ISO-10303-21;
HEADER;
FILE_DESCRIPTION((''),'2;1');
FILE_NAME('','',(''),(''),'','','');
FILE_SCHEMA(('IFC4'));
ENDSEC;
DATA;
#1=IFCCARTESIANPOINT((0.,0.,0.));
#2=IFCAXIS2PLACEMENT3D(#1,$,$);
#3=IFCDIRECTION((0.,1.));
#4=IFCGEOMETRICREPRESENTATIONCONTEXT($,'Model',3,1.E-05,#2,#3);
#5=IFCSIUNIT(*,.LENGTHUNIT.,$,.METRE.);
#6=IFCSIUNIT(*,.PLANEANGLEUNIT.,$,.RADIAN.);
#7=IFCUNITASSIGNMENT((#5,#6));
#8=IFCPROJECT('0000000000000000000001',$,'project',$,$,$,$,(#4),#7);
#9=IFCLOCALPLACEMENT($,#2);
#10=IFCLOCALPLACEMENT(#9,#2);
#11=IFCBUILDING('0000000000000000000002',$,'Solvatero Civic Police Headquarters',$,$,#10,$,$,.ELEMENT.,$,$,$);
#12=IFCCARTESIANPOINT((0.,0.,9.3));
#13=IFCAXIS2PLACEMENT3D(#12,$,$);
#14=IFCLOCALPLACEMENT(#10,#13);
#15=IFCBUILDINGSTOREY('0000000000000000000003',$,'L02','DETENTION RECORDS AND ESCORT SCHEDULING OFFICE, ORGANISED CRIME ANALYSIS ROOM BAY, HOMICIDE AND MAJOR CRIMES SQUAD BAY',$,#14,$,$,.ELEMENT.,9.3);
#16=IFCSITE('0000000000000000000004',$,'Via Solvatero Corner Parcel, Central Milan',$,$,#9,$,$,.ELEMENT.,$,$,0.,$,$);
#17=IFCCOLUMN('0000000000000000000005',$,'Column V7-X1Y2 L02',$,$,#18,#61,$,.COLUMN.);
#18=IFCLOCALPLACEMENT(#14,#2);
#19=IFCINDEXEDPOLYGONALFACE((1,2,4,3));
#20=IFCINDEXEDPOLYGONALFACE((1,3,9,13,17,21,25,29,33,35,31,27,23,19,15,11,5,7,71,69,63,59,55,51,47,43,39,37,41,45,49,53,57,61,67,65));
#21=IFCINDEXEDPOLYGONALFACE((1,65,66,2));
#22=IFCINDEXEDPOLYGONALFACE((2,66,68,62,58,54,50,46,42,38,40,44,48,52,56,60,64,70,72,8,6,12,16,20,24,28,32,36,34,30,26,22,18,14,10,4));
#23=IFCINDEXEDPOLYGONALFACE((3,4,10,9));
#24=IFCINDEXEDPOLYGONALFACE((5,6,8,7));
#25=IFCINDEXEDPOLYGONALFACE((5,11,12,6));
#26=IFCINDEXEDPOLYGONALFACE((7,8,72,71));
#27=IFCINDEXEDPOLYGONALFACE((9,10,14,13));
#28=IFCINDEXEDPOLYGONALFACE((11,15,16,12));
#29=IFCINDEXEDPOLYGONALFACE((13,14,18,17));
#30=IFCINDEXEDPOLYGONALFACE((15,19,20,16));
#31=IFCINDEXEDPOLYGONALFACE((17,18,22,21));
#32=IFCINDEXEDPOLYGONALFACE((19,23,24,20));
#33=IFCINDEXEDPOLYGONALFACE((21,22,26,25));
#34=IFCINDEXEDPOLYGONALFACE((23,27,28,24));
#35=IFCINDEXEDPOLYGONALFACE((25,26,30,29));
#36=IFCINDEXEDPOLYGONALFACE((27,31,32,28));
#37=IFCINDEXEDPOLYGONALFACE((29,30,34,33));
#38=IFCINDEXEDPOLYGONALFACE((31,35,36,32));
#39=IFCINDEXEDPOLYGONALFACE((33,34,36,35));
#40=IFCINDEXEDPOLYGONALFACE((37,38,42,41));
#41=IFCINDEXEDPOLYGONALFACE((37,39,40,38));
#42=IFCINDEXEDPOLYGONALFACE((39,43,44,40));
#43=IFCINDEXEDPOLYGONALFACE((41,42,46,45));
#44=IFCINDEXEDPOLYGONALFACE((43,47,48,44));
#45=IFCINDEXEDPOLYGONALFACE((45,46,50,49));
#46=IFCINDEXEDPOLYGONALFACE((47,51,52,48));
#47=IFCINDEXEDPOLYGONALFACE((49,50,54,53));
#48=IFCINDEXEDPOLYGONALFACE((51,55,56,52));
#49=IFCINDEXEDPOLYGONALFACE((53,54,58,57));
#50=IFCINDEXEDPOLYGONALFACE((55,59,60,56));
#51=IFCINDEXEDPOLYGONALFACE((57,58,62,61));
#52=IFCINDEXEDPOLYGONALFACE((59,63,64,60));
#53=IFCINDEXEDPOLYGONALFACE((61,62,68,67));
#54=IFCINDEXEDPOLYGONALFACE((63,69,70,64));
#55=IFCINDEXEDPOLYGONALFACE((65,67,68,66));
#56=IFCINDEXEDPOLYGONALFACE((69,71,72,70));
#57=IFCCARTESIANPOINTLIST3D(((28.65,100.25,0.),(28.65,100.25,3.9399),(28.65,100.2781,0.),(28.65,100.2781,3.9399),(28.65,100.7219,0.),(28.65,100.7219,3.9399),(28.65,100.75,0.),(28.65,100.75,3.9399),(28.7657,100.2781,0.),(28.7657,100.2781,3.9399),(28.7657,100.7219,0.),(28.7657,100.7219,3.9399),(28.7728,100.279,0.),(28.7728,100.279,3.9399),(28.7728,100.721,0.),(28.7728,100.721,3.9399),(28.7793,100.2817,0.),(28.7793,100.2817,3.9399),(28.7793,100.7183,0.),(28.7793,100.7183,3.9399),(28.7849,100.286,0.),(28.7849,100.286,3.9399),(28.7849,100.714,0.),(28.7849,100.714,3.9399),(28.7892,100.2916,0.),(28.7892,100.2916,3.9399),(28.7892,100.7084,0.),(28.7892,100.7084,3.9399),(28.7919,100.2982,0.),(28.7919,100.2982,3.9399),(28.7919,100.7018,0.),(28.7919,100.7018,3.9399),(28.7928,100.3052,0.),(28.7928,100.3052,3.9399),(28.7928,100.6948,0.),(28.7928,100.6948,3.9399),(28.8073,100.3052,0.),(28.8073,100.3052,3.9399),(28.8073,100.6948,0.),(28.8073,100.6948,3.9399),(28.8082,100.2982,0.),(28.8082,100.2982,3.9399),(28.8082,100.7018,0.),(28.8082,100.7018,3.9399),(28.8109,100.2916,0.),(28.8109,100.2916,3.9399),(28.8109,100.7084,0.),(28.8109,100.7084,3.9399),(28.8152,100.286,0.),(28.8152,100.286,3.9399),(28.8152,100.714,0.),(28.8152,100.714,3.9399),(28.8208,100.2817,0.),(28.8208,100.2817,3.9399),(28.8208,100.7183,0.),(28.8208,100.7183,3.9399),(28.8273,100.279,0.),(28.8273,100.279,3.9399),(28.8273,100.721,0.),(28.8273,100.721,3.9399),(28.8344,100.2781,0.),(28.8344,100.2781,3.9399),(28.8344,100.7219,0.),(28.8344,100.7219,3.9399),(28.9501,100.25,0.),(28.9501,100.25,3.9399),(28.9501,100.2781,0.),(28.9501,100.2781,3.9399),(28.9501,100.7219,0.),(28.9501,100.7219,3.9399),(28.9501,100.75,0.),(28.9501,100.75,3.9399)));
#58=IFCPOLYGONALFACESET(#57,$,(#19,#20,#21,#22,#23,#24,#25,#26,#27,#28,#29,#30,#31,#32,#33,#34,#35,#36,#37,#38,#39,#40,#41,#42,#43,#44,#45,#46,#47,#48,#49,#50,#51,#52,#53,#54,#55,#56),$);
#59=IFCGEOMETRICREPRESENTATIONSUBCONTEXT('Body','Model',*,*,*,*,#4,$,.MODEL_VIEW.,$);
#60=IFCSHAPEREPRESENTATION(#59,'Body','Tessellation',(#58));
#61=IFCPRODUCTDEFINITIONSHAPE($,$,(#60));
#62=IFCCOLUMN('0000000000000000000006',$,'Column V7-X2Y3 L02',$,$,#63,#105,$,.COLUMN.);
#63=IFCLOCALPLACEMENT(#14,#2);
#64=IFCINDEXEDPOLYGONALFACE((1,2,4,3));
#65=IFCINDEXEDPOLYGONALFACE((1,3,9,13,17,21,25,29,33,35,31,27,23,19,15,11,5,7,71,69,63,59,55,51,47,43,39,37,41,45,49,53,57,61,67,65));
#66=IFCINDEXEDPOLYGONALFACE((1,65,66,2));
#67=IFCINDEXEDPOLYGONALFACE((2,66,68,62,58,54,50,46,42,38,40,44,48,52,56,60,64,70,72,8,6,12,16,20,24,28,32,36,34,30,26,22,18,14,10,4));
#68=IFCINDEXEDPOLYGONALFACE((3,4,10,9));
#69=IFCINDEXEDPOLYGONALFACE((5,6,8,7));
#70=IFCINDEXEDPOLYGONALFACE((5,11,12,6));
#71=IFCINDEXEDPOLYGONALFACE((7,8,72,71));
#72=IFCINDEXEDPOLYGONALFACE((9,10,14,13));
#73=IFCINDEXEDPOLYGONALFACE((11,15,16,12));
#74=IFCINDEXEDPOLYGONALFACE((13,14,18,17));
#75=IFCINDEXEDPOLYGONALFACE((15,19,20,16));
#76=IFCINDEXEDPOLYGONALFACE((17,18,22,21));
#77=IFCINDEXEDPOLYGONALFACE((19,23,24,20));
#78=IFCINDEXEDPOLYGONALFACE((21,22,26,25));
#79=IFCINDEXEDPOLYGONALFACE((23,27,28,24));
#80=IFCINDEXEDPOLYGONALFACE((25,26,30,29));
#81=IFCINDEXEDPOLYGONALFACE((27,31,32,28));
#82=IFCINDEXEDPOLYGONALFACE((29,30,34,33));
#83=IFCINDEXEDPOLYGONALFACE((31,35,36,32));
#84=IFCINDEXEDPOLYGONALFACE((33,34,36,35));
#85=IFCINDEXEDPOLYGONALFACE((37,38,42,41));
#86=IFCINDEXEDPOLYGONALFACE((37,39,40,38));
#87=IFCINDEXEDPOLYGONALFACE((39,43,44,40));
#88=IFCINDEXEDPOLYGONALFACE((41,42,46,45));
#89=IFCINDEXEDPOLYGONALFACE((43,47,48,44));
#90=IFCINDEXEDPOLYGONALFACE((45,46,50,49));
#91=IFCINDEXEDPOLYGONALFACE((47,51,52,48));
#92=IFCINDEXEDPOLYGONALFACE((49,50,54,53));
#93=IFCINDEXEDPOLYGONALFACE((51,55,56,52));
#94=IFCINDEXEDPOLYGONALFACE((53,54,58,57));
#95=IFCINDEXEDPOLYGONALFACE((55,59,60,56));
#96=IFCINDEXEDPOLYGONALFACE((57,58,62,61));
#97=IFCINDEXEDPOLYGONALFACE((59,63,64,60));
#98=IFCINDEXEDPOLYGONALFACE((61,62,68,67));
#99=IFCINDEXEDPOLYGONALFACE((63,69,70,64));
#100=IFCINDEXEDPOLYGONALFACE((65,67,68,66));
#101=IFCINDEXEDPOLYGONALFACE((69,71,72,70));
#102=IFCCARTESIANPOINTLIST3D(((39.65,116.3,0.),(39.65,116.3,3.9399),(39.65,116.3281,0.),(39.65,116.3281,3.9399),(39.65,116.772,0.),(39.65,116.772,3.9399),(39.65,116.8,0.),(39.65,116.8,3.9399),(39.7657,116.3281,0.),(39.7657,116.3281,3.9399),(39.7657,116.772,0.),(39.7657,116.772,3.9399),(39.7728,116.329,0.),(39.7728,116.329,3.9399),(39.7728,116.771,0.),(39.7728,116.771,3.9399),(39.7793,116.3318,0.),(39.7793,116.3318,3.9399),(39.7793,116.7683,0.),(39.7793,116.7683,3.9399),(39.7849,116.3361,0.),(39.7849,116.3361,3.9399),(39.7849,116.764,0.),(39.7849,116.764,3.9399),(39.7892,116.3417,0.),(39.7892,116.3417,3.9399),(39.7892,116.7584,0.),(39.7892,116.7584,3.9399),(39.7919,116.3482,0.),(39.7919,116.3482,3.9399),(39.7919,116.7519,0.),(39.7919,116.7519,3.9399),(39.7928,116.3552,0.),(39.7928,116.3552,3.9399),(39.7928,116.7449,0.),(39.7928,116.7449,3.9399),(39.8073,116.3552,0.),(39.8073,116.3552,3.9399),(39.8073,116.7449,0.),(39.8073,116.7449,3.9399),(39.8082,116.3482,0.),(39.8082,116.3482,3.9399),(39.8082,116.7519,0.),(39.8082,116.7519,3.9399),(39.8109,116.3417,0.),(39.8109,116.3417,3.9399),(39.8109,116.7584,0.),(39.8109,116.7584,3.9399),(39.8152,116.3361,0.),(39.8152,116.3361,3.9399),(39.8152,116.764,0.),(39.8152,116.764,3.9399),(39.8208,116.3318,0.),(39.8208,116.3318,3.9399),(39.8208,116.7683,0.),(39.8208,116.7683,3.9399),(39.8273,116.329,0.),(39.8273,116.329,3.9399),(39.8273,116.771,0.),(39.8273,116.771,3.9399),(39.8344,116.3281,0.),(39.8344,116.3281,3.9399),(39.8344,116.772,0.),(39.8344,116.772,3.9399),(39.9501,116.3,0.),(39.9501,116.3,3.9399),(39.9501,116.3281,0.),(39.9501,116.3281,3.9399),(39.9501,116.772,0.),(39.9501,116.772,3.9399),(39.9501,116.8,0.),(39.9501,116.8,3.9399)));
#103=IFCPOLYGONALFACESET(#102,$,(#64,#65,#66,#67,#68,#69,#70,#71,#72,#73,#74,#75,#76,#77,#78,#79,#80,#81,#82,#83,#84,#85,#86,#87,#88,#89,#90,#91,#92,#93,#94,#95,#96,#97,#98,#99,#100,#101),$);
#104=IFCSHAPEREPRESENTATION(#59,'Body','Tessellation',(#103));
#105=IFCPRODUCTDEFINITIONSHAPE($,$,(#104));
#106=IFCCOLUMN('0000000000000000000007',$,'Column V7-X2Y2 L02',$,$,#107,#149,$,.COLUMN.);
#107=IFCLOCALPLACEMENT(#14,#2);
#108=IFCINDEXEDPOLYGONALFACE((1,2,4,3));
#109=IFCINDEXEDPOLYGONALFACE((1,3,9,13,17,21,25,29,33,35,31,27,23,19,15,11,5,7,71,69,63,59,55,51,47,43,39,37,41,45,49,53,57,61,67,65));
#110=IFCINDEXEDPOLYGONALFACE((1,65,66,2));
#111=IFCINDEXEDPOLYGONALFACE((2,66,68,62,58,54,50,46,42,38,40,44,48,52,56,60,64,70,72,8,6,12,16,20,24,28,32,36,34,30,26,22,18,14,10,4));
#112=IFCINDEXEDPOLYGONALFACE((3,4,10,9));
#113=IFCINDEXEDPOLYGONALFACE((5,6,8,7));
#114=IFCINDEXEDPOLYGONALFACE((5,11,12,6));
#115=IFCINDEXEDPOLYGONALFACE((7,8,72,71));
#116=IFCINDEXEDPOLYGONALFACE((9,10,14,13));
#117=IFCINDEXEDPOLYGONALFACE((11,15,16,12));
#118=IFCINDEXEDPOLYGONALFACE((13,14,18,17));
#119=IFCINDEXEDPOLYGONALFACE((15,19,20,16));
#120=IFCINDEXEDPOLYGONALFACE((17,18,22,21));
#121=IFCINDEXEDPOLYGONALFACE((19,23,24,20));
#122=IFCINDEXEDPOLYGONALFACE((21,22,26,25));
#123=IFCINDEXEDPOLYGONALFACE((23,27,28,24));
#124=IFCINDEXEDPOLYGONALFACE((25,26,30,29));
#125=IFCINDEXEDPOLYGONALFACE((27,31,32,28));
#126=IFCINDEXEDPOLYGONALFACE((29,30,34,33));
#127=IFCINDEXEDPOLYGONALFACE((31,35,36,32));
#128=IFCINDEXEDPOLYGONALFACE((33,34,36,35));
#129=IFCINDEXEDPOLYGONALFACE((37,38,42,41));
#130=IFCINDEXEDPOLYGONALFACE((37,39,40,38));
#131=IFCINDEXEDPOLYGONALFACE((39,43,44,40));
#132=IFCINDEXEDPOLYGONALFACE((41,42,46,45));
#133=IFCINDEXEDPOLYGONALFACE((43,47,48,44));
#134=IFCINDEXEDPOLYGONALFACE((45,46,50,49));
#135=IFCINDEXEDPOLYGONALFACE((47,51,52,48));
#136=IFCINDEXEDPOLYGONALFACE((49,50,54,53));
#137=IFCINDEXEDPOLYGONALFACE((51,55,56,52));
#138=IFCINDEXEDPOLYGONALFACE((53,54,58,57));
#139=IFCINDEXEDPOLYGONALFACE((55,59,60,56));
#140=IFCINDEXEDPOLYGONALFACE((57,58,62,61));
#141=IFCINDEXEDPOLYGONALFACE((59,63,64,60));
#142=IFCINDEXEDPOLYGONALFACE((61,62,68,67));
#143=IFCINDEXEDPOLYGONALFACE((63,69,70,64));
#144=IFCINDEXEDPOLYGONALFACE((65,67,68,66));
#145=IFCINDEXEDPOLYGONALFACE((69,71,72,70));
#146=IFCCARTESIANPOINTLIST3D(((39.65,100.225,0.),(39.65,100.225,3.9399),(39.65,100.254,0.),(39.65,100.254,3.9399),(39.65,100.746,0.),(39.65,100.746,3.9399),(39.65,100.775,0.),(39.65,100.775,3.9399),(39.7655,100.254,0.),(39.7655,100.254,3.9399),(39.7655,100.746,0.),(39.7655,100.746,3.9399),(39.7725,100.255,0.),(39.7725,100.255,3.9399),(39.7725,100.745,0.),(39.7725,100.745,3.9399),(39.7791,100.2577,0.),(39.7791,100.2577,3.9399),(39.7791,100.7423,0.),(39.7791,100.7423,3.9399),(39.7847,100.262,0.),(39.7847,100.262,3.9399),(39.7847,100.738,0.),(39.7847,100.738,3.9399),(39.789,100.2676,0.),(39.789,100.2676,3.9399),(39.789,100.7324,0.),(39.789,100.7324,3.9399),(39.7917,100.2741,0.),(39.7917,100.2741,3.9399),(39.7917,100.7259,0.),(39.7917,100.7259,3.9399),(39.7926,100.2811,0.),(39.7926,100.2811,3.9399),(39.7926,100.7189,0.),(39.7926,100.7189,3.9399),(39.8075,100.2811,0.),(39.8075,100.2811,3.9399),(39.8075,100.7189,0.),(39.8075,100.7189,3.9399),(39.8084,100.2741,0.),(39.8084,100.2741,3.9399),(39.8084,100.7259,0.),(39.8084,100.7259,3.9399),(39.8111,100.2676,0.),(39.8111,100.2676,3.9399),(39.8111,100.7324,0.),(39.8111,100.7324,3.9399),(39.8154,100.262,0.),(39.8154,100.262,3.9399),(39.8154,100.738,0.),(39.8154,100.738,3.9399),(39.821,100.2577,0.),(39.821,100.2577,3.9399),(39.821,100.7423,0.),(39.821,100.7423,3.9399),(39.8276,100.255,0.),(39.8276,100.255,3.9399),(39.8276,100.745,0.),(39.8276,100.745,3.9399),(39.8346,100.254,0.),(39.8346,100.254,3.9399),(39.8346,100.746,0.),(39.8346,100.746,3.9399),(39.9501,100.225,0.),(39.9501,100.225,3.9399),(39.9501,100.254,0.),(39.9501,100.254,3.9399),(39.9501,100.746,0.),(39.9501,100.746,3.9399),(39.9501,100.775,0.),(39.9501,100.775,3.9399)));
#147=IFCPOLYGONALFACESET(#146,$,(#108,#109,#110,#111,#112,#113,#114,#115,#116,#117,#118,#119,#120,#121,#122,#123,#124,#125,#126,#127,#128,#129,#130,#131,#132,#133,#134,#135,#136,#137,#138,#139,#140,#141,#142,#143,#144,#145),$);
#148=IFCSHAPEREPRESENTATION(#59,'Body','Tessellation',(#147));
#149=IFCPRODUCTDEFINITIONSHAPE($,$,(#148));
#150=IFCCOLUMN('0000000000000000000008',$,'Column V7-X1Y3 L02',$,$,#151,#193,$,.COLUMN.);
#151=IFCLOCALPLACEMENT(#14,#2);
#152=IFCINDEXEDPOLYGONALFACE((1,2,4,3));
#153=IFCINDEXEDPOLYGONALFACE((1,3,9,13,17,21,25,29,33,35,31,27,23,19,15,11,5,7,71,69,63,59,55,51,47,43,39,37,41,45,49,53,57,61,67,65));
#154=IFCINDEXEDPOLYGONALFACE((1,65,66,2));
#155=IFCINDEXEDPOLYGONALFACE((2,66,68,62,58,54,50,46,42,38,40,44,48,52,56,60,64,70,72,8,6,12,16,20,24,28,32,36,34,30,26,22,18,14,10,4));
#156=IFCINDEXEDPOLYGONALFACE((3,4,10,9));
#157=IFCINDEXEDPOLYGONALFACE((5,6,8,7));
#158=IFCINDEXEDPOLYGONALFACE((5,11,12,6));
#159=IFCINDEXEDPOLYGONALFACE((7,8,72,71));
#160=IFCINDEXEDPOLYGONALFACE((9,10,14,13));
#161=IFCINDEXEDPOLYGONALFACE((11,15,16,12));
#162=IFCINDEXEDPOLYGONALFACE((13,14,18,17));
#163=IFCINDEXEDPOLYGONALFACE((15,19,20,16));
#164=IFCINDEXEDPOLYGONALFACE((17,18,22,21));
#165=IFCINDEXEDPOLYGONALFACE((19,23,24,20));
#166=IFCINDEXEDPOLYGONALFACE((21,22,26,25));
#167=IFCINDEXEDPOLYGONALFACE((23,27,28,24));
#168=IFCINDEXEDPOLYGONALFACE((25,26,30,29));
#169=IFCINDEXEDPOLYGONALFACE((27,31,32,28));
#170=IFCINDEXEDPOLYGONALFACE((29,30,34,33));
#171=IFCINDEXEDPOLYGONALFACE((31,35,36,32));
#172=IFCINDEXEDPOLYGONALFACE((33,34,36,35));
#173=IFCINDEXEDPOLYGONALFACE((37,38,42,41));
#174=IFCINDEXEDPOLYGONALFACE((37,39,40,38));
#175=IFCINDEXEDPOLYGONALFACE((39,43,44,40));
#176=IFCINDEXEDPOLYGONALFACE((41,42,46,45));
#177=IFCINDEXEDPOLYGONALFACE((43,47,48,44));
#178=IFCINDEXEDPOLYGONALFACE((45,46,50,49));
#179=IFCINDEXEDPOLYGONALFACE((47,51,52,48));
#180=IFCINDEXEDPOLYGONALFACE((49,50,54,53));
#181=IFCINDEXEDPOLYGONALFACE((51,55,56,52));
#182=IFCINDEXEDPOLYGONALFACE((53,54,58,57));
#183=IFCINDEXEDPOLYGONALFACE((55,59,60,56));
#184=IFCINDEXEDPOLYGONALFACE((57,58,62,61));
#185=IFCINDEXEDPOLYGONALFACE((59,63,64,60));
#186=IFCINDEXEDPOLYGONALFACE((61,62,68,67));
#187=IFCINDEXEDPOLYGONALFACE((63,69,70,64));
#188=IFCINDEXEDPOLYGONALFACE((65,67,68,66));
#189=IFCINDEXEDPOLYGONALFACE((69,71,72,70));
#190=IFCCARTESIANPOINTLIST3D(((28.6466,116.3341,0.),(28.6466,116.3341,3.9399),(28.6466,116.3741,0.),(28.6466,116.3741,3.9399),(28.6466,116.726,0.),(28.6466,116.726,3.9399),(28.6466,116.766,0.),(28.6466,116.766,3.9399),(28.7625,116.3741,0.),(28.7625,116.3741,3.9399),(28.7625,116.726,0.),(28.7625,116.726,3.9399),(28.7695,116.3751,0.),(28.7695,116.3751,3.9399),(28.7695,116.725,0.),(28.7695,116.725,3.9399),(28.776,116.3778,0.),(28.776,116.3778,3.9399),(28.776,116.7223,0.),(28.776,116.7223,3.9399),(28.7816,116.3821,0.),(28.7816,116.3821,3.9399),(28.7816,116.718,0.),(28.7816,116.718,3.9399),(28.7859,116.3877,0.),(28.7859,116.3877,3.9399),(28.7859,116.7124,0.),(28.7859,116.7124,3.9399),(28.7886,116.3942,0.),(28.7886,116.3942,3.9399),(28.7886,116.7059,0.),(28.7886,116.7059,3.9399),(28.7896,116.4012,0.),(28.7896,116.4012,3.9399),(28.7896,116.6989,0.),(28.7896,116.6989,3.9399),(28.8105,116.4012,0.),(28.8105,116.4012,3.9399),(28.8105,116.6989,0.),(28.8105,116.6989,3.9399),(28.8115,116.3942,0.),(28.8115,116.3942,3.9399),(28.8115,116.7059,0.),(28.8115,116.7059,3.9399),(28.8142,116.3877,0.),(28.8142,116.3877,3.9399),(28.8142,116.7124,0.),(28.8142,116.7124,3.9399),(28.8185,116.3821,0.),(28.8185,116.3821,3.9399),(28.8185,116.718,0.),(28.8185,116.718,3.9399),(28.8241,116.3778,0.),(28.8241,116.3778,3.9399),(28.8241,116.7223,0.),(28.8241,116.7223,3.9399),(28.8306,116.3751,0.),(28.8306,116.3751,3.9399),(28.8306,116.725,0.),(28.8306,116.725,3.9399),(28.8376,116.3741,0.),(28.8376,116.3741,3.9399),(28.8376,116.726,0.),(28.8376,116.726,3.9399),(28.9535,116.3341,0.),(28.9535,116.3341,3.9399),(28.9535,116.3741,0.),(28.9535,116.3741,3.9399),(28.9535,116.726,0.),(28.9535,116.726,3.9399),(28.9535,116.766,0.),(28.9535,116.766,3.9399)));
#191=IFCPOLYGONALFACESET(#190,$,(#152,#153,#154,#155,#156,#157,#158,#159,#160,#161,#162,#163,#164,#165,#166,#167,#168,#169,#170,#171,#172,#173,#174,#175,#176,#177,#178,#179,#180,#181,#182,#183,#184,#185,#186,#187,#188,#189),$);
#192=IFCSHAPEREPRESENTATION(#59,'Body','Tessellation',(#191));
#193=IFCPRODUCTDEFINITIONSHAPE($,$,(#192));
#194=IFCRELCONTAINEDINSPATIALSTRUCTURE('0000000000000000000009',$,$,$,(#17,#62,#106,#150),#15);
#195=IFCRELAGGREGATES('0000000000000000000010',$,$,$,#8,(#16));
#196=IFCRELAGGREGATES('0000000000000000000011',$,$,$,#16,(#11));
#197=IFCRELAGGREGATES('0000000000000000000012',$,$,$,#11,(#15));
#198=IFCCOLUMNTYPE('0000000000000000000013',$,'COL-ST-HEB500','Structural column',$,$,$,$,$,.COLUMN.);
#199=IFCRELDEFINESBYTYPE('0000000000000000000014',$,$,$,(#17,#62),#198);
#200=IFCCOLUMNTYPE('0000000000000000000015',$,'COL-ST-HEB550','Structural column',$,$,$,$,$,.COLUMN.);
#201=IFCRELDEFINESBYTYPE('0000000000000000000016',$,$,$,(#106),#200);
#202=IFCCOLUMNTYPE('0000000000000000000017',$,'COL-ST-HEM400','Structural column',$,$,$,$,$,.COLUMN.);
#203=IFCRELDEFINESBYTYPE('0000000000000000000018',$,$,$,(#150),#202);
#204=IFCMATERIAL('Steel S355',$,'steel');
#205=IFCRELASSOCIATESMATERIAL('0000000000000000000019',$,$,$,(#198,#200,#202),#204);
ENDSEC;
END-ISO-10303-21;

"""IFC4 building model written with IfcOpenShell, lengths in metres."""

from ifc_helpers import new_model, si_unit, direction, frame, origin, origin_2d, place, context, subcontext, project, spatial, i_section, extrude, material, material_profile, profile_set, type_object, element, save


model = new_model("IFC4")

# Units and contexts
model_context = context("Model", 3, precision=1e-05, world=origin(), true_north=direction((0.0, 1.0)))
body_context = subcontext(model_context, "Body", "Model", "MODEL_VIEW")
ifc_project = project(units=[si_unit("LENGTHUNIT", "METRE"), si_unit("PLANEANGLEUNIT", "RADIAN")], contexts=[model_context])

# Site, building, storey
site_placement = place(None, origin())
site = spatial("IfcSite", under=ifc_project, at=site_placement, Name="Via Solvatero Corner Parcel, Central Milan", CompositionType="ELEMENT", RefElevation=0.0)
building_placement = place(site_placement, origin())
building = spatial("IfcBuilding", under=site, at=building_placement, Name="Solvatero Civic Police Headquarters", CompositionType="ELEMENT")
storey_placement = place(building_placement, frame((0.0, 0.0, 9.3)))
storey = spatial("IfcBuildingStorey", under=building, at=storey_placement, Name="L02", Description="DETENTION RECORDS AND ESCORT SCHEDULING OFFICE, ORGANISED CRIME ANALYSIS ROOM BAY, HOMICIDE AND MAJOR CRIMES SQUAD BAY", CompositionType="ELEMENT", Elevation=9.3)

# Columns
ifc_material_1 = material(Name="Steel S355", Category="steel")
ifc_material_profile_1 = material_profile(ifc_material_1, i_section(OverallWidth=0.3, OverallDepth=0.5, WebThickness=0.0144, FlangeThickness=0.0281, FilletRadius=0.0271, at=origin_2d()), Name="HEB 500")
ifc_profile_set_1 = profile_set([ifc_material_profile_1], Name="Steel S355")
column_type_1 = type_object("IfcColumnType", Name="COL-ST-HEB500", Description="Structural column", PredefinedType="COLUMN", material=ifc_profile_set_1)
for number, where, z_axis, x_axis, name in (
    (1, (28.8, 100.5, 0.0), (0.0, 0.0, 1.0), (1.0, 0.0, 0.0), "Column V7-X1Y2 L02"),
    (2, (39.8, 116.55, 0.0), (0.0, 0.0, 1.0), (1.0, 0.0, 0.0), "Column V7-X2Y3 L02"),
):
    element("IfcColumn", number, at=place(storey_placement, frame(where, z_axis=z_axis, x_axis=x_axis)), inside=storey, type_object=column_type_1, Name=name, PredefinedType="COLUMN", context=body_context, shape_type="SweptSolid", body=[
        extrude(i_section(OverallWidth=0.3, OverallDepth=0.5, WebThickness=0.0144, FlangeThickness=0.0281, FilletRadius=0.0271, at=origin_2d()), origin(), (0.0, 0.0, 1.0), 3.9399),
    ])
ifc_material_profile_2 = material_profile(ifc_material_1, i_section(OverallWidth=0.3, OverallDepth=0.55, WebThickness=0.0149, FlangeThickness=0.0291, FilletRadius=0.0271, at=origin_2d()), Name="HEB 550")
ifc_profile_set_2 = profile_set([ifc_material_profile_2], Name="Steel S355")
column_type_2 = type_object("IfcColumnType", Name="COL-ST-HEB550", Description="Structural column", PredefinedType="COLUMN", material=ifc_profile_set_2)
column_1_placement = place(storey_placement, frame((39.8, 100.5, 0.0), z_axis=(0.0, 0.0, 1.0), x_axis=(1.0, 0.0, 0.0)))
element("IfcColumn", 3, at=column_1_placement, inside=storey, type_object=column_type_2, Name="Column V7-X2Y2 L02", PredefinedType="COLUMN", context=body_context, shape_type="SweptSolid", body=[
    extrude(i_section(OverallWidth=0.3, OverallDepth=0.55, WebThickness=0.0149, FlangeThickness=0.0291, FilletRadius=0.0271, at=origin_2d()), origin(), (0.0, 0.0, 1.0), 3.9399),
])
ifc_material_profile_3 = material_profile(ifc_material_1, i_section(OverallWidth=0.3069, OverallDepth=0.4319, WebThickness=0.021, FlangeThickness=0.04, FilletRadius=0.0271, at=origin_2d()), Name="HEM 400")
ifc_profile_set_3 = profile_set([ifc_material_profile_3], Name="Steel S355")
column_type_3 = type_object("IfcColumnType", Name="COL-ST-HEM400", Description="Structural column", PredefinedType="COLUMN", material=ifc_profile_set_3)
column_2_placement = place(storey_placement, frame((28.8, 116.55, 0.0), z_axis=(0.0, 0.0, 1.0), x_axis=(1.0, 0.0, 0.0)))
element("IfcColumn", 4, at=column_2_placement, inside=storey, type_object=column_type_3, Name="Column V7-X1Y3 L02", PredefinedType="COLUMN", context=body_context, shape_type="SweptSolid", body=[
    extrude(i_section(OverallWidth=0.3069, OverallDepth=0.4319, WebThickness=0.021, FlangeThickness=0.04, FilletRadius=0.0271, at=origin_2d()), origin(), (0.0, 0.0, 1.0), 3.9399),
])

save(model, "model.ifc")
